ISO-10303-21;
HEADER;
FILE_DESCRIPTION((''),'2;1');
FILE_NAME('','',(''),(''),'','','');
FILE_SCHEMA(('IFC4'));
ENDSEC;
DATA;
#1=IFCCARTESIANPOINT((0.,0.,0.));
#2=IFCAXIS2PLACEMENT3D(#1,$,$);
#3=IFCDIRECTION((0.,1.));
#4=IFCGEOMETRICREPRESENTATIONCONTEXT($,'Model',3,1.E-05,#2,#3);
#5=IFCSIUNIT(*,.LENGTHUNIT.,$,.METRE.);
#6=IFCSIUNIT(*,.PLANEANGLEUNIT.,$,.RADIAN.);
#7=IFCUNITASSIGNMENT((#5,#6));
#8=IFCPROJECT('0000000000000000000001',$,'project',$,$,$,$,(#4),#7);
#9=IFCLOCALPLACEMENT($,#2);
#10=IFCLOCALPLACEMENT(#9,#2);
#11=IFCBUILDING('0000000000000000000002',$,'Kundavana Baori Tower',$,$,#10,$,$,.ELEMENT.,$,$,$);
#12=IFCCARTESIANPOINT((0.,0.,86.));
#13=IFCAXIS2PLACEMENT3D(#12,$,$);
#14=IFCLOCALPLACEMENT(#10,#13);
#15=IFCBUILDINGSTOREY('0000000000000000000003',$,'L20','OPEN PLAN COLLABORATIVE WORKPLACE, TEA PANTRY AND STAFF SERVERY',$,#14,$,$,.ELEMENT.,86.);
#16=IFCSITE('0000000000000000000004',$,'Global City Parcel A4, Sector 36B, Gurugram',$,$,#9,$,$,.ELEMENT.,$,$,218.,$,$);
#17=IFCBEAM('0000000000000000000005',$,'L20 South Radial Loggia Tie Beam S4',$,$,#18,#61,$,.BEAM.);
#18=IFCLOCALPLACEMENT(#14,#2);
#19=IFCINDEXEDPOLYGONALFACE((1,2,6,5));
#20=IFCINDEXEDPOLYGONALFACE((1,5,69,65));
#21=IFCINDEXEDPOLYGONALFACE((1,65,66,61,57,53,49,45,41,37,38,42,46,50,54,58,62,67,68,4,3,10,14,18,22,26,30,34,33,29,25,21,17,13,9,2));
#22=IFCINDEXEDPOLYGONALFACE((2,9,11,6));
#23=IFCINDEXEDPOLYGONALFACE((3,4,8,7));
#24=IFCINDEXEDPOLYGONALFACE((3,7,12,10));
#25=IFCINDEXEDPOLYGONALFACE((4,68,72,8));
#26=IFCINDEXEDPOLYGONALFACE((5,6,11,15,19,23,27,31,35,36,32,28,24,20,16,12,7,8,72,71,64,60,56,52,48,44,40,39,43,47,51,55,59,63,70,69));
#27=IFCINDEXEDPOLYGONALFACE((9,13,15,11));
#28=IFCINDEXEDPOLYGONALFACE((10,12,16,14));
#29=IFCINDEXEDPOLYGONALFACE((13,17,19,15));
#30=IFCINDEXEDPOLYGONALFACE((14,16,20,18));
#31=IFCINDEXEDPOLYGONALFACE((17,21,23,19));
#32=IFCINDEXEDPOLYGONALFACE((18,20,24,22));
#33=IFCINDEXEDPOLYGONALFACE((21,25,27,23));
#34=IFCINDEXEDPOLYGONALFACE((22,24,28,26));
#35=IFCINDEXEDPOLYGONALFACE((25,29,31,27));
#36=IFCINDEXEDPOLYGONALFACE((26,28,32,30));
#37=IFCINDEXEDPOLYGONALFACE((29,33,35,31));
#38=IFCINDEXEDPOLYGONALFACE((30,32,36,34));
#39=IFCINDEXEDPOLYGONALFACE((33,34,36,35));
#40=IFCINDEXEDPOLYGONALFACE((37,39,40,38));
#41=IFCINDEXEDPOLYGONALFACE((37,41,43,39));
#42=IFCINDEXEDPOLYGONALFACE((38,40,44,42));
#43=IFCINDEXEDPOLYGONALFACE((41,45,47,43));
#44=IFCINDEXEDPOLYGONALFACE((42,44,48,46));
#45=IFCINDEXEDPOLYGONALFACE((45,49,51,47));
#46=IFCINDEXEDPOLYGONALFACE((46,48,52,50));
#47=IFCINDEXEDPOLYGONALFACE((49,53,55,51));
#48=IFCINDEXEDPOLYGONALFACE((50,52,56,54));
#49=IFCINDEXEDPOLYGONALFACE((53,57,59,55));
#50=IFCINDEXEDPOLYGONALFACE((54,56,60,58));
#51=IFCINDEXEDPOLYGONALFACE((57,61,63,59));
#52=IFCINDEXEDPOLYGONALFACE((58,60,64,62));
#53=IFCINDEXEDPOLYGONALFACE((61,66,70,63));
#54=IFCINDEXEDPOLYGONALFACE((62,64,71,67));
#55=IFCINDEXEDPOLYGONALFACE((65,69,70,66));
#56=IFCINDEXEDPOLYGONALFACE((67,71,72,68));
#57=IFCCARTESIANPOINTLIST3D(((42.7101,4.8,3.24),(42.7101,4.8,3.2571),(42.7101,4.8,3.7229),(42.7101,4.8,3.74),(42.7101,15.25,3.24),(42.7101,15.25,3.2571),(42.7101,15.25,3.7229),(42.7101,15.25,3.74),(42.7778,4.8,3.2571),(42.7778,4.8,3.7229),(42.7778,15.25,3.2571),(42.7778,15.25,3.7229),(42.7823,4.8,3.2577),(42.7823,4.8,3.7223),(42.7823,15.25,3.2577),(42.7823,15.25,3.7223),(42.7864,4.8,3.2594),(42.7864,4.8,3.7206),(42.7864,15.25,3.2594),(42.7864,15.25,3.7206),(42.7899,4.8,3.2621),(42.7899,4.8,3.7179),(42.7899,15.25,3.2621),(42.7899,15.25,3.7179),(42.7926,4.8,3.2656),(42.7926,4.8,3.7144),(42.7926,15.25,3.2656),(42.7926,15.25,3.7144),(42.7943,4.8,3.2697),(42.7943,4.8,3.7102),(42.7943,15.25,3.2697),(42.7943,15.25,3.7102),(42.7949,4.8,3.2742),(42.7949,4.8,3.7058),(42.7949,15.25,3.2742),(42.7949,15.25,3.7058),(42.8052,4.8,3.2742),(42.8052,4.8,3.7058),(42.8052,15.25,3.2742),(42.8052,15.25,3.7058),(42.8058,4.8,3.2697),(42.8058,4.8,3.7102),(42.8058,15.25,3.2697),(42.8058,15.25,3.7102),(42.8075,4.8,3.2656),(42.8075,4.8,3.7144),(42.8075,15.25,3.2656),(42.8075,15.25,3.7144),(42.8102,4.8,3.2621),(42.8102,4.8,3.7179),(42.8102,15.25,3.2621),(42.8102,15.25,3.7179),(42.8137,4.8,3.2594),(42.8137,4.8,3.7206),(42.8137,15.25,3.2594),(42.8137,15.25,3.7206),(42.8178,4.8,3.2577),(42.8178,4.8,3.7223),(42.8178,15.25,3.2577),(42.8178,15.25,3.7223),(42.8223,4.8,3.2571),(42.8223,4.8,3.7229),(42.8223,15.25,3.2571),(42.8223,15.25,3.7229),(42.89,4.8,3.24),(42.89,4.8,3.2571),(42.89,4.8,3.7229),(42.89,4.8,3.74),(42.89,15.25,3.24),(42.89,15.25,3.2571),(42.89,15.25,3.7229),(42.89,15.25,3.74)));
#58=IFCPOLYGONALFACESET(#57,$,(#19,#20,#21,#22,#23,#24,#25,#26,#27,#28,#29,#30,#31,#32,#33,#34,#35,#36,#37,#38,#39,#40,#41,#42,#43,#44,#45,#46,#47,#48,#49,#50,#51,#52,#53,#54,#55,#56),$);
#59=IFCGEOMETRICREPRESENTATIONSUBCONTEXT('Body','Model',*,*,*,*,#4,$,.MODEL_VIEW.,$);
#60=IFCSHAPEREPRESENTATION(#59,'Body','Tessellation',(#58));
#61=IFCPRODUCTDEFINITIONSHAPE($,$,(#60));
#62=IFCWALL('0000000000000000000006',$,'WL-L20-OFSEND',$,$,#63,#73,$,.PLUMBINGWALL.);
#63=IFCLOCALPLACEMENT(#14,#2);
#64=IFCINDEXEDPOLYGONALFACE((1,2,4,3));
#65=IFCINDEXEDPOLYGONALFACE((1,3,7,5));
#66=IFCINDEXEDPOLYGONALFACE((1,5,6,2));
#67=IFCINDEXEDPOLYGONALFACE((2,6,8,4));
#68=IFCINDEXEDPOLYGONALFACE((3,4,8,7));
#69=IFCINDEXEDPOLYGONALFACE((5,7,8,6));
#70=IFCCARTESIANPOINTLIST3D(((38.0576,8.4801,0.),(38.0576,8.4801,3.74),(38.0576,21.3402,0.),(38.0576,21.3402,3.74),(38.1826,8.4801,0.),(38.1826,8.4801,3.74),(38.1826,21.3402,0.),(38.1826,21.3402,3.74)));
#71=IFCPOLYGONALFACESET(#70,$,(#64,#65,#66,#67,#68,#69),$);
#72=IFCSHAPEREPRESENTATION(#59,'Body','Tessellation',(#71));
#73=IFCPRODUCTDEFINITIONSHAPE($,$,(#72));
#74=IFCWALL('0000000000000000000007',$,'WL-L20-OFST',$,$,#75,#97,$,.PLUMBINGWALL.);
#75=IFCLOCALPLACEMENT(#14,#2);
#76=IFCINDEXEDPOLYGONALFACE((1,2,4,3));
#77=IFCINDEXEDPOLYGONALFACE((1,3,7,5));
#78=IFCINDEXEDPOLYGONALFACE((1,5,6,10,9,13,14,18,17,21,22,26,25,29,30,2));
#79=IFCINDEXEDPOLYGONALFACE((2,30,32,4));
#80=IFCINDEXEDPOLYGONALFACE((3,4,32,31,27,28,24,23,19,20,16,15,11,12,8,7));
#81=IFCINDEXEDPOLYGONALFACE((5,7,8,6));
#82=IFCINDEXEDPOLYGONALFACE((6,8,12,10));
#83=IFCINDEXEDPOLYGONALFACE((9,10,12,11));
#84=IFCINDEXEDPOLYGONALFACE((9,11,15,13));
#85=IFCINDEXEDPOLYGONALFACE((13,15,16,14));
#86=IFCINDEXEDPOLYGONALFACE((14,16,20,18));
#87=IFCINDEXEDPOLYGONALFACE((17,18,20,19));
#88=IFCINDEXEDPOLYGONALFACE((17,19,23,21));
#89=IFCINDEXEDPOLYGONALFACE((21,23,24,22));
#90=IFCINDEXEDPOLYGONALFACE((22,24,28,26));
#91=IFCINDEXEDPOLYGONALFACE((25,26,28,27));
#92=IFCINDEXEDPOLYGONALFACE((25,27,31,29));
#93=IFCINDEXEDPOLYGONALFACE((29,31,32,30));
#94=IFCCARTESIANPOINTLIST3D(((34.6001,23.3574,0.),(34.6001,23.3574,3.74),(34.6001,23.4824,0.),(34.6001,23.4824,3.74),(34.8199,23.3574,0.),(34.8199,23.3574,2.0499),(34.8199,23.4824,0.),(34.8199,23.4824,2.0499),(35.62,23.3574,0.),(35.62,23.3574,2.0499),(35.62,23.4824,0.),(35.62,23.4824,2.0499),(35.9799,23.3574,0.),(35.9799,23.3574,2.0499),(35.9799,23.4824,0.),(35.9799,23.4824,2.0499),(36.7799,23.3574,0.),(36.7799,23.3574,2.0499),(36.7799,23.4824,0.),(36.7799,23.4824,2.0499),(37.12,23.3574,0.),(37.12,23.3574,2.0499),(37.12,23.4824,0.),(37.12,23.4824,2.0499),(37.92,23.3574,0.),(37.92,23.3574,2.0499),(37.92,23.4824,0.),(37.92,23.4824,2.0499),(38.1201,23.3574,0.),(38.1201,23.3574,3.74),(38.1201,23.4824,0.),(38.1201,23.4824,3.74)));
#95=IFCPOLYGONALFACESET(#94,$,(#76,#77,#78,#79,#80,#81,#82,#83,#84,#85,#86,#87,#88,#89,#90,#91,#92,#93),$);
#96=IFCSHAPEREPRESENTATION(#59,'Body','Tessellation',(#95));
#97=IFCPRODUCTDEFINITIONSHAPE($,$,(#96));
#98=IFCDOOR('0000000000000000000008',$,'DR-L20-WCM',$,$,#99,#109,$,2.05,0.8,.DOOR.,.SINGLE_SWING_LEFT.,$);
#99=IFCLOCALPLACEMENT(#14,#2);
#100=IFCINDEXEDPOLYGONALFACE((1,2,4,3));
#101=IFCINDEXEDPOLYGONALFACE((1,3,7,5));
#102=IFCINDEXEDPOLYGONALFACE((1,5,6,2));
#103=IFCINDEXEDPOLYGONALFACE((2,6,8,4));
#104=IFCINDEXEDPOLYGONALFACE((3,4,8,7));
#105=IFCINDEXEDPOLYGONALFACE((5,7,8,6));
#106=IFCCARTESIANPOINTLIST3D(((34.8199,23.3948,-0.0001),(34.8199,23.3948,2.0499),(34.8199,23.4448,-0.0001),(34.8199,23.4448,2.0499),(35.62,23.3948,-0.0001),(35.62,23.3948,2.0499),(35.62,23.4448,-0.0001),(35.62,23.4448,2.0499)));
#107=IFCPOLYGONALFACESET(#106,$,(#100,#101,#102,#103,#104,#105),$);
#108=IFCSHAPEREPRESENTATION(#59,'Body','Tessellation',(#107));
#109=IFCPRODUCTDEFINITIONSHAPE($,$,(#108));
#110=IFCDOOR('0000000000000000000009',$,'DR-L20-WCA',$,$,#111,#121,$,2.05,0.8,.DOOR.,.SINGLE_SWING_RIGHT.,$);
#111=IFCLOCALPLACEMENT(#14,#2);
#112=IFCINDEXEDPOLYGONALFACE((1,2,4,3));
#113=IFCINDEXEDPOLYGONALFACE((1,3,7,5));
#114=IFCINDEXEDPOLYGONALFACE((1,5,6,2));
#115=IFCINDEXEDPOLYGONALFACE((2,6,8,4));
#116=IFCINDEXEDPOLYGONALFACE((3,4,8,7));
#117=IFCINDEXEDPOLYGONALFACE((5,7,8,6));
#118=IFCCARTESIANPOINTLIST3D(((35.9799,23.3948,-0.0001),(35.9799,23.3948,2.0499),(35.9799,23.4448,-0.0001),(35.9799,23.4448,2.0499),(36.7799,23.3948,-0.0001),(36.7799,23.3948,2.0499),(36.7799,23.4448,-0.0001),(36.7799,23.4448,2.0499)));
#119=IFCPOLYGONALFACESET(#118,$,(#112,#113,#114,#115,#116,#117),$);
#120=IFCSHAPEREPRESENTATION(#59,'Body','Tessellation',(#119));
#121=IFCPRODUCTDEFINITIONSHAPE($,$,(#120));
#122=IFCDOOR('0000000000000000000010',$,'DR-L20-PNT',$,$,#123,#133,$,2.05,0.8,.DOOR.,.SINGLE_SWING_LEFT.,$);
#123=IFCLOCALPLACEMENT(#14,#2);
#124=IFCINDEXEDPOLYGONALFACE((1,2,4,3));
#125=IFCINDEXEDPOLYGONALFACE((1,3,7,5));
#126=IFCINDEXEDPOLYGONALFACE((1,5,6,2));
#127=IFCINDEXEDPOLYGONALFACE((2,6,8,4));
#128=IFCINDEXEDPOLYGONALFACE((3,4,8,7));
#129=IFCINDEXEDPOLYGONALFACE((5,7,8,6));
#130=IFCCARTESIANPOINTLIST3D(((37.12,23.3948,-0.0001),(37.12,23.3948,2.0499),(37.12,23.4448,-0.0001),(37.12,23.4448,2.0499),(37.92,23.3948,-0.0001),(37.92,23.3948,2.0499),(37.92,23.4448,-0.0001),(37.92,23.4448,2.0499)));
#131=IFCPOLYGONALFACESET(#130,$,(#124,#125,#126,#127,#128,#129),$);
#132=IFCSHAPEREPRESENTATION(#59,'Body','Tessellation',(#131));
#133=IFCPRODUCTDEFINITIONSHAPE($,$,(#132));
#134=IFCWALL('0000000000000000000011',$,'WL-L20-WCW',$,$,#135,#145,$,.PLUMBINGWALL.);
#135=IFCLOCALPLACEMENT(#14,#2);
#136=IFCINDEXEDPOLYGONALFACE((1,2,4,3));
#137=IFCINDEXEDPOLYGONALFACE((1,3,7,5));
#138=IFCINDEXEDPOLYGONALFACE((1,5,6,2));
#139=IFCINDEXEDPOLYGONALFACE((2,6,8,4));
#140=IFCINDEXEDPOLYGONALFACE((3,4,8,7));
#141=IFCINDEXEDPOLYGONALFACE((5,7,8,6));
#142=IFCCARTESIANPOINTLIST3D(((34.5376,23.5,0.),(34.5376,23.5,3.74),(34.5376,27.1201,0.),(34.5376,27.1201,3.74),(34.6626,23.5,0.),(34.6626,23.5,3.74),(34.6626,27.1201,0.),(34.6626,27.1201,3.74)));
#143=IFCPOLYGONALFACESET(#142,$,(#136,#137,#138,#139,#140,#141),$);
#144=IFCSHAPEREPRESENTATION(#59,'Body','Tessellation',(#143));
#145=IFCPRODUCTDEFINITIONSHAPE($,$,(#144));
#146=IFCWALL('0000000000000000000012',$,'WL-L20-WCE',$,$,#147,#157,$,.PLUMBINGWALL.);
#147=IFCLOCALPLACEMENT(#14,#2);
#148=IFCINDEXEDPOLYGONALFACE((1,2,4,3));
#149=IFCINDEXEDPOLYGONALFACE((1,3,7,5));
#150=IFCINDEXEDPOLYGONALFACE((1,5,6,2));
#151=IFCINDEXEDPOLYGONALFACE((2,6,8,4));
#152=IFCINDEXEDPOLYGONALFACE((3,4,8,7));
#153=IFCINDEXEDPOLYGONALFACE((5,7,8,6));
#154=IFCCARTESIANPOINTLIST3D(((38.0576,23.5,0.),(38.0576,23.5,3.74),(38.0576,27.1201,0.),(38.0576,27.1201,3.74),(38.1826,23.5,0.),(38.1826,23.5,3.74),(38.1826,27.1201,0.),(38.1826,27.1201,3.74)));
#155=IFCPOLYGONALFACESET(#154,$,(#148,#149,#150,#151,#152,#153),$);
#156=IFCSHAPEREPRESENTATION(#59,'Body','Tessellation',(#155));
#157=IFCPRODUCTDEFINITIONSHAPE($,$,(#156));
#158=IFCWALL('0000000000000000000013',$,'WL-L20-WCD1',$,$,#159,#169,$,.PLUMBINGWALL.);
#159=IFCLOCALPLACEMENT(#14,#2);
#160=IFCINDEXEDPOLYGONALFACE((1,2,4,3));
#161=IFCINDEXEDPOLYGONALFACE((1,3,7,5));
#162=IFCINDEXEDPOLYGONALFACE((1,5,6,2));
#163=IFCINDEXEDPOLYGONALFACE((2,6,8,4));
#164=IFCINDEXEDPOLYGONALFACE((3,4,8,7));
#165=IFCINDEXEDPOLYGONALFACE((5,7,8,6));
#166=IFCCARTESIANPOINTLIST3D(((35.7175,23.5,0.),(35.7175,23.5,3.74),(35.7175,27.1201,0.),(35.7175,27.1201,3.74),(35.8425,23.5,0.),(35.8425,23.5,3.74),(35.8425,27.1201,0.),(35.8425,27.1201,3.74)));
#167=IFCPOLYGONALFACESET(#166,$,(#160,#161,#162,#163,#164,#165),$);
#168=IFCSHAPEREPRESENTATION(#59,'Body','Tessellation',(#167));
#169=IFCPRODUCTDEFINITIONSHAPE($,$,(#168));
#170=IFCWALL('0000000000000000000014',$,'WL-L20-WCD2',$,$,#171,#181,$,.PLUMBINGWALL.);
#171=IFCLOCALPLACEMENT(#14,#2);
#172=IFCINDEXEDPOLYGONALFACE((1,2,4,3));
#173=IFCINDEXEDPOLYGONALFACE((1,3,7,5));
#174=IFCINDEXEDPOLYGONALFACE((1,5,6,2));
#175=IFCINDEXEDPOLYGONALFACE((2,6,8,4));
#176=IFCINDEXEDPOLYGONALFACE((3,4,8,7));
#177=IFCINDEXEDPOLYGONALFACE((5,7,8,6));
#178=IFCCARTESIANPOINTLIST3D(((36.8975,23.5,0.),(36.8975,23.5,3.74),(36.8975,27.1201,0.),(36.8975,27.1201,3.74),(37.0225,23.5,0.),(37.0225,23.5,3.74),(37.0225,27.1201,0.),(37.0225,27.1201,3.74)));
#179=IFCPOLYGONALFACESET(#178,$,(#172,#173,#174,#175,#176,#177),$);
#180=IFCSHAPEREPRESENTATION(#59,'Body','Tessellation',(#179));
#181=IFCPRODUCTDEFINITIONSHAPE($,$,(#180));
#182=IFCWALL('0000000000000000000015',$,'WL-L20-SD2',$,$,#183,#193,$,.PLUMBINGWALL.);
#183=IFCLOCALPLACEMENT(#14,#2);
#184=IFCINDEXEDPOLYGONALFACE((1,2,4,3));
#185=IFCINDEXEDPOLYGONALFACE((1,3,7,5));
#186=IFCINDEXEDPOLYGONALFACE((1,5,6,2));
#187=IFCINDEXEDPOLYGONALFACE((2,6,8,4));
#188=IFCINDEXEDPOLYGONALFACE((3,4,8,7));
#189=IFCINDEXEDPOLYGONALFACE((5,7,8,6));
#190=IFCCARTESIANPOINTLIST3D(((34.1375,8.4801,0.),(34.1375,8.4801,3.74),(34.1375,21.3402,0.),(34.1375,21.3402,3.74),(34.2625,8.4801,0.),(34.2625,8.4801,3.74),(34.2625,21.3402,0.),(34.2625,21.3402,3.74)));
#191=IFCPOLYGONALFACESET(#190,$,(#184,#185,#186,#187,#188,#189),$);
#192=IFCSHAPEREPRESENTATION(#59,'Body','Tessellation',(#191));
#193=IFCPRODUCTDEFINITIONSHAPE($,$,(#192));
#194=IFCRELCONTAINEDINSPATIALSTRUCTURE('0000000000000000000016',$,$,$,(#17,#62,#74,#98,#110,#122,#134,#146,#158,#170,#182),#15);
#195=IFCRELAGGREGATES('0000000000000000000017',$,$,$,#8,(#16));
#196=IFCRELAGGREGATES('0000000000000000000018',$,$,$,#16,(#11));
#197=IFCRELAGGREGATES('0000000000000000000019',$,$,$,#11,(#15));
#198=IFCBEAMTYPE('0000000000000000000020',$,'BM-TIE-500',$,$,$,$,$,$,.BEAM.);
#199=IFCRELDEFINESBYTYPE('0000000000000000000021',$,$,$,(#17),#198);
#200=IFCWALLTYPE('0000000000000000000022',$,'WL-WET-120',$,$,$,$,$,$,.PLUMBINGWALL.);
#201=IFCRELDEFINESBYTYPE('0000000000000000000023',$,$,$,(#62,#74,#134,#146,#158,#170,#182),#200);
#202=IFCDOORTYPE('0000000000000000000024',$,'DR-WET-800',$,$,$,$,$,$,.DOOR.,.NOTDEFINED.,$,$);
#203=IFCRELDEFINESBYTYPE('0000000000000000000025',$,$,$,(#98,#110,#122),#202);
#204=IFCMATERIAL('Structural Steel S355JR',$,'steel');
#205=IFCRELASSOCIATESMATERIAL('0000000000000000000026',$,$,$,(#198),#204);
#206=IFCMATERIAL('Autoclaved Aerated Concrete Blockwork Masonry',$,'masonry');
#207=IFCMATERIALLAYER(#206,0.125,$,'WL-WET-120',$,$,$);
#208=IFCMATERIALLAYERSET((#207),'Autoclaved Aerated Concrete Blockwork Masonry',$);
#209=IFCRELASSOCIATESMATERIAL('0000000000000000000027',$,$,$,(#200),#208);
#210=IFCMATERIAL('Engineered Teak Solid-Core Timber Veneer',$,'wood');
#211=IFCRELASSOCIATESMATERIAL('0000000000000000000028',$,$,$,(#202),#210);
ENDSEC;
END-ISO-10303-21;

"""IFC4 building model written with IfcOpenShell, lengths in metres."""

from ifc_helpers import new_model, si_unit, direction, frame, frame_2d, origin, origin_2d, place, context, subcontext, project, spatial, rectangle, i_section, extrude, material, layer, layer_set, material_profile, profile_set, type_object, element, fill, save


model = new_model("IFC4")

# Units and contexts
model_context = context("Model", 3, precision=1e-05, world=origin(), true_north=direction((0.0, 1.0)))
body_context = subcontext(model_context, "Body", "Model", "MODEL_VIEW")
ifc_project = project(units=[si_unit("LENGTHUNIT", "METRE"), si_unit("PLANEANGLEUNIT", "RADIAN")], contexts=[model_context])

# Site, building, storey
site_placement = place(None, origin())
site = spatial("IfcSite", under=ifc_project, at=site_placement, Name="Global City Parcel A4, Sector 36B, Gurugram", CompositionType="ELEMENT", RefElevation=218.0)
building_placement = place(site_placement, origin())
building = spatial("IfcBuilding", under=site, at=building_placement, Name="Kundavana Baori Tower", CompositionType="ELEMENT")
storey_placement = place(building_placement, frame((0.0, 0.0, 86.0)))
storey = spatial("IfcBuildingStorey", under=building, at=storey_placement, Name="L20", Description="OPEN PLAN COLLABORATIVE WORKPLACE, TEA PANTRY AND STAFF SERVERY", CompositionType="ELEMENT", Elevation=86.0)

# Beam
ifc_material_1 = material(Name="Structural Steel S355JR", Category="steel")
ifc_material_profile_1 = material_profile(ifc_material_1, i_section(OverallWidth=0.1799, OverallDepth=0.5, WebThickness=0.0103, FlangeThickness=0.0171, FilletRadius=0.0171, at=origin_2d()), Name="ISMB 500")
ifc_profile_set_1 = profile_set([ifc_material_profile_1], Name="Structural Steel S355JR")
beam_type_1 = type_object("IfcBeamType", Name="BM-TIE-500", PredefinedType="BEAM", material=ifc_profile_set_1)
beam_1_placement = place(storey_placement, frame((42.8, 15.25, 3.49), z_axis=(0.0, -1.0, 0.0), x_axis=(1.0, 0.0, 0.0)))
element("IfcBeam", 1, at=beam_1_placement, inside=storey, type_object=beam_type_1, Name="L20 South Radial Loggia Tie Beam S4", PredefinedType="BEAM", context=body_context, shape_type="SweptSolid", body=[
    extrude(i_section(OverallWidth=0.1799, OverallDepth=0.5, WebThickness=0.0103, FlangeThickness=0.0171, FilletRadius=0.0171, at=origin_2d()), origin(), (0.0, 0.0, 1.0), 10.45),
])

# Wall
ifc_material_2 = material(Name="Autoclaved Aerated Concrete Blockwork Masonry", Category="masonry")
ifc_layer = layer(ifc_material_2, 0.125, Name="WL-WET-120")
ifc_layer_set = layer_set([ifc_layer], Name="Autoclaved Aerated Concrete Blockwork Masonry")
wall_type = type_object("IfcWallType", Name="WL-WET-120", PredefinedType="PLUMBINGWALL", material=ifc_layer_set)
wall_1_placement = place(storey_placement, frame((38.1201, 8.48, 0.0), z_axis=(0.0, 0.0, 1.0), x_axis=(0.0, 1.0, 0.0)))
element("IfcWall", 2, at=wall_1_placement, inside=storey, type_object=wall_type, Name="WL-L20-OFSEND", PredefinedType="PLUMBINGWALL", context=body_context, shape_type="SweptSolid", body=[
    extrude(rectangle(XDim=12.8601, YDim=0.125, at=frame_2d((6.4302, 0.0))), origin(), (0.0, 0.0, 1.0), 3.74),
])

# Wall, openings, doors
wall_2_placement = place(storey_placement, frame((34.6001, 23.4199, 0.0), z_axis=(0.0, 0.0, 1.0), x_axis=(1.0, 0.0, 0.0)))
wall_2 = element("IfcWall", 3, at=wall_2_placement, inside=storey, type_object=wall_type, Name="WL-L20-OFST", PredefinedType="PLUMBINGWALL", context=body_context, shape_type="SweptSolid", body=[
    extrude(rectangle(XDim=3.52, YDim=0.125, at=frame_2d((1.76, 0.0))), origin(), (0.0, 0.0, 1.0), 3.74),
])
opening_1_placement = place(wall_2_placement, frame((0.22, 0.0, 0.0)))
opening_1 = element("IfcOpeningElement", 4, at=opening_1_placement, cuts=wall_2, PredefinedType="OPENING", context=body_context, shape_type="SweptSolid", body=[
    extrude(rectangle(XDim=0.8, YDim=2.05, at=frame_2d((0.3999, 1.0249))), frame((0.0, 0.0725, 0.0), z_axis=(0.0, -1.0, 0.0), x_axis=(1.0, 0.0, 0.0)), (0.0, 0.0, 1.0), 0.145),
])
opening_2_placement = place(wall_2_placement, frame((1.3799, 0.0, 0.0)))
opening_2 = element("IfcOpeningElement", 5, at=opening_2_placement, cuts=wall_2, PredefinedType="OPENING", context=body_context, shape_type="SweptSolid", body=[
    extrude(rectangle(XDim=0.8, YDim=2.05, at=frame_2d((0.3999, 1.0249))), frame((0.0, 0.0725, 0.0), z_axis=(0.0, -1.0, 0.0), x_axis=(1.0, 0.0, 0.0)), (0.0, 0.0, 1.0), 0.145),
])
opening_3_placement = place(wall_2_placement, frame((2.52, 0.0, 0.0)))
opening_3 = element("IfcOpeningElement", 6, at=opening_3_placement, cuts=wall_2, PredefinedType="OPENING", context=body_context, shape_type="SweptSolid", body=[
    extrude(rectangle(XDim=0.8, YDim=2.05, at=frame_2d((0.3999, 1.0249))), frame((0.0, 0.0725, 0.0), z_axis=(0.0, -1.0, 0.0), x_axis=(1.0, 0.0, 0.0)), (0.0, 0.0, 1.0), 0.145),
])
ifc_material_3 = material(Name="Engineered Teak Solid-Core Timber Veneer", Category="wood")
door_type = type_object("IfcDoorType", Name="DR-WET-800", OperationType="NOTDEFINED", PredefinedType="DOOR", material=ifc_material_3)
door_1_placement = place(opening_1_placement, origin())
door_1 = element("IfcDoor", 7, at=door_1_placement, inside=storey, type_object=door_type, Name="DR-L20-WCM", OperationType="SINGLE_SWING_LEFT", OverallHeight=2.05, OverallWidth=0.8, PredefinedType="DOOR", context=body_context, shape_type="SweptSolid", body=[
    extrude(rectangle(XDim=0.8, YDim=2.05, at=frame_2d((0.3999, 1.0249))), frame((0.0, 0.0249, 0.0), z_axis=(0.0, -1.0, 0.0), x_axis=(1.0, 0.0, 0.0)), (0.0, 0.0, 1.0), 0.05),
])
fill(opening_1, door_1)
door_2_placement = place(opening_2_placement, origin())
door_2 = element("IfcDoor", 8, at=door_2_placement, inside=storey, type_object=door_type, Name="DR-L20-WCA", OperationType="SINGLE_SWING_RIGHT", OverallHeight=2.05, OverallWidth=0.8, PredefinedType="DOOR", context=body_context, shape_type="SweptSolid", body=[
    extrude(rectangle(XDim=0.8, YDim=2.05, at=frame_2d((0.3999, 1.0249))), frame((0.0, 0.0249, 0.0), z_axis=(0.0, -1.0, 0.0), x_axis=(1.0, 0.0, 0.0)), (0.0, 0.0, 1.0), 0.05),
])
fill(opening_2, door_2)
door_3_placement = place(opening_3_placement, origin())
door_3 = element("IfcDoor", 9, at=door_3_placement, inside=storey, type_object=door_type, Name="DR-L20-PNT", OperationType="SINGLE_SWING_LEFT", OverallHeight=2.05, OverallWidth=0.8, PredefinedType="DOOR", context=body_context, shape_type="SweptSolid", body=[
    extrude(rectangle(XDim=0.8, YDim=2.05, at=frame_2d((0.3999, 1.0249))), frame((0.0, 0.0249, 0.0), z_axis=(0.0, -1.0, 0.0), x_axis=(1.0, 0.0, 0.0)), (0.0, 0.0, 1.0), 0.05),
])
fill(opening_3, door_3)

# Walls
for number, where, z_axis, x_axis, name in (
    (10, (34.6001, 23.5, 0.0), (0.0, 0.0, 1.0), (0.0, 1.0, 0.0), "WL-L20-WCW"),
    (11, (38.1201, 23.5, 0.0), (0.0, 0.0, 1.0), (0.0, 1.0, 0.0), "WL-L20-WCE"),
    (12, (35.78, 23.5, 0.0), (0.0, 0.0, 1.0), (0.0, 1.0, 0.0), "WL-L20-WCD1"),
    (13, (36.96, 23.5, 0.0), (0.0, 0.0, 1.0), (0.0, 1.0, 0.0), "WL-L20-WCD2"),
):
    element("IfcWall", number, at=place(storey_placement, frame(where, z_axis=z_axis, x_axis=x_axis)), inside=storey, type_object=wall_type, Name=name, PredefinedType="PLUMBINGWALL", context=body_context, shape_type="SweptSolid", body=[
        extrude(rectangle(XDim=3.6201, YDim=0.125, at=frame_2d((1.8101, 0.0))), origin(), (0.0, 0.0, 1.0), 3.74),
    ])
wall_3_placement = place(storey_placement, frame((34.2, 8.48, 0.0), z_axis=(0.0, 0.0, 1.0), x_axis=(0.0, 1.0, 0.0)))
element("IfcWall", 14, at=wall_3_placement, inside=storey, type_object=wall_type, Name="WL-L20-SD2", PredefinedType="PLUMBINGWALL", context=body_context, shape_type="SweptSolid", body=[
    extrude(rectangle(XDim=12.8601, YDim=0.125, at=frame_2d((6.4302, 0.0))), origin(), (0.0, 0.0, 1.0), 3.74),
])

save(model, "model.ifc")
